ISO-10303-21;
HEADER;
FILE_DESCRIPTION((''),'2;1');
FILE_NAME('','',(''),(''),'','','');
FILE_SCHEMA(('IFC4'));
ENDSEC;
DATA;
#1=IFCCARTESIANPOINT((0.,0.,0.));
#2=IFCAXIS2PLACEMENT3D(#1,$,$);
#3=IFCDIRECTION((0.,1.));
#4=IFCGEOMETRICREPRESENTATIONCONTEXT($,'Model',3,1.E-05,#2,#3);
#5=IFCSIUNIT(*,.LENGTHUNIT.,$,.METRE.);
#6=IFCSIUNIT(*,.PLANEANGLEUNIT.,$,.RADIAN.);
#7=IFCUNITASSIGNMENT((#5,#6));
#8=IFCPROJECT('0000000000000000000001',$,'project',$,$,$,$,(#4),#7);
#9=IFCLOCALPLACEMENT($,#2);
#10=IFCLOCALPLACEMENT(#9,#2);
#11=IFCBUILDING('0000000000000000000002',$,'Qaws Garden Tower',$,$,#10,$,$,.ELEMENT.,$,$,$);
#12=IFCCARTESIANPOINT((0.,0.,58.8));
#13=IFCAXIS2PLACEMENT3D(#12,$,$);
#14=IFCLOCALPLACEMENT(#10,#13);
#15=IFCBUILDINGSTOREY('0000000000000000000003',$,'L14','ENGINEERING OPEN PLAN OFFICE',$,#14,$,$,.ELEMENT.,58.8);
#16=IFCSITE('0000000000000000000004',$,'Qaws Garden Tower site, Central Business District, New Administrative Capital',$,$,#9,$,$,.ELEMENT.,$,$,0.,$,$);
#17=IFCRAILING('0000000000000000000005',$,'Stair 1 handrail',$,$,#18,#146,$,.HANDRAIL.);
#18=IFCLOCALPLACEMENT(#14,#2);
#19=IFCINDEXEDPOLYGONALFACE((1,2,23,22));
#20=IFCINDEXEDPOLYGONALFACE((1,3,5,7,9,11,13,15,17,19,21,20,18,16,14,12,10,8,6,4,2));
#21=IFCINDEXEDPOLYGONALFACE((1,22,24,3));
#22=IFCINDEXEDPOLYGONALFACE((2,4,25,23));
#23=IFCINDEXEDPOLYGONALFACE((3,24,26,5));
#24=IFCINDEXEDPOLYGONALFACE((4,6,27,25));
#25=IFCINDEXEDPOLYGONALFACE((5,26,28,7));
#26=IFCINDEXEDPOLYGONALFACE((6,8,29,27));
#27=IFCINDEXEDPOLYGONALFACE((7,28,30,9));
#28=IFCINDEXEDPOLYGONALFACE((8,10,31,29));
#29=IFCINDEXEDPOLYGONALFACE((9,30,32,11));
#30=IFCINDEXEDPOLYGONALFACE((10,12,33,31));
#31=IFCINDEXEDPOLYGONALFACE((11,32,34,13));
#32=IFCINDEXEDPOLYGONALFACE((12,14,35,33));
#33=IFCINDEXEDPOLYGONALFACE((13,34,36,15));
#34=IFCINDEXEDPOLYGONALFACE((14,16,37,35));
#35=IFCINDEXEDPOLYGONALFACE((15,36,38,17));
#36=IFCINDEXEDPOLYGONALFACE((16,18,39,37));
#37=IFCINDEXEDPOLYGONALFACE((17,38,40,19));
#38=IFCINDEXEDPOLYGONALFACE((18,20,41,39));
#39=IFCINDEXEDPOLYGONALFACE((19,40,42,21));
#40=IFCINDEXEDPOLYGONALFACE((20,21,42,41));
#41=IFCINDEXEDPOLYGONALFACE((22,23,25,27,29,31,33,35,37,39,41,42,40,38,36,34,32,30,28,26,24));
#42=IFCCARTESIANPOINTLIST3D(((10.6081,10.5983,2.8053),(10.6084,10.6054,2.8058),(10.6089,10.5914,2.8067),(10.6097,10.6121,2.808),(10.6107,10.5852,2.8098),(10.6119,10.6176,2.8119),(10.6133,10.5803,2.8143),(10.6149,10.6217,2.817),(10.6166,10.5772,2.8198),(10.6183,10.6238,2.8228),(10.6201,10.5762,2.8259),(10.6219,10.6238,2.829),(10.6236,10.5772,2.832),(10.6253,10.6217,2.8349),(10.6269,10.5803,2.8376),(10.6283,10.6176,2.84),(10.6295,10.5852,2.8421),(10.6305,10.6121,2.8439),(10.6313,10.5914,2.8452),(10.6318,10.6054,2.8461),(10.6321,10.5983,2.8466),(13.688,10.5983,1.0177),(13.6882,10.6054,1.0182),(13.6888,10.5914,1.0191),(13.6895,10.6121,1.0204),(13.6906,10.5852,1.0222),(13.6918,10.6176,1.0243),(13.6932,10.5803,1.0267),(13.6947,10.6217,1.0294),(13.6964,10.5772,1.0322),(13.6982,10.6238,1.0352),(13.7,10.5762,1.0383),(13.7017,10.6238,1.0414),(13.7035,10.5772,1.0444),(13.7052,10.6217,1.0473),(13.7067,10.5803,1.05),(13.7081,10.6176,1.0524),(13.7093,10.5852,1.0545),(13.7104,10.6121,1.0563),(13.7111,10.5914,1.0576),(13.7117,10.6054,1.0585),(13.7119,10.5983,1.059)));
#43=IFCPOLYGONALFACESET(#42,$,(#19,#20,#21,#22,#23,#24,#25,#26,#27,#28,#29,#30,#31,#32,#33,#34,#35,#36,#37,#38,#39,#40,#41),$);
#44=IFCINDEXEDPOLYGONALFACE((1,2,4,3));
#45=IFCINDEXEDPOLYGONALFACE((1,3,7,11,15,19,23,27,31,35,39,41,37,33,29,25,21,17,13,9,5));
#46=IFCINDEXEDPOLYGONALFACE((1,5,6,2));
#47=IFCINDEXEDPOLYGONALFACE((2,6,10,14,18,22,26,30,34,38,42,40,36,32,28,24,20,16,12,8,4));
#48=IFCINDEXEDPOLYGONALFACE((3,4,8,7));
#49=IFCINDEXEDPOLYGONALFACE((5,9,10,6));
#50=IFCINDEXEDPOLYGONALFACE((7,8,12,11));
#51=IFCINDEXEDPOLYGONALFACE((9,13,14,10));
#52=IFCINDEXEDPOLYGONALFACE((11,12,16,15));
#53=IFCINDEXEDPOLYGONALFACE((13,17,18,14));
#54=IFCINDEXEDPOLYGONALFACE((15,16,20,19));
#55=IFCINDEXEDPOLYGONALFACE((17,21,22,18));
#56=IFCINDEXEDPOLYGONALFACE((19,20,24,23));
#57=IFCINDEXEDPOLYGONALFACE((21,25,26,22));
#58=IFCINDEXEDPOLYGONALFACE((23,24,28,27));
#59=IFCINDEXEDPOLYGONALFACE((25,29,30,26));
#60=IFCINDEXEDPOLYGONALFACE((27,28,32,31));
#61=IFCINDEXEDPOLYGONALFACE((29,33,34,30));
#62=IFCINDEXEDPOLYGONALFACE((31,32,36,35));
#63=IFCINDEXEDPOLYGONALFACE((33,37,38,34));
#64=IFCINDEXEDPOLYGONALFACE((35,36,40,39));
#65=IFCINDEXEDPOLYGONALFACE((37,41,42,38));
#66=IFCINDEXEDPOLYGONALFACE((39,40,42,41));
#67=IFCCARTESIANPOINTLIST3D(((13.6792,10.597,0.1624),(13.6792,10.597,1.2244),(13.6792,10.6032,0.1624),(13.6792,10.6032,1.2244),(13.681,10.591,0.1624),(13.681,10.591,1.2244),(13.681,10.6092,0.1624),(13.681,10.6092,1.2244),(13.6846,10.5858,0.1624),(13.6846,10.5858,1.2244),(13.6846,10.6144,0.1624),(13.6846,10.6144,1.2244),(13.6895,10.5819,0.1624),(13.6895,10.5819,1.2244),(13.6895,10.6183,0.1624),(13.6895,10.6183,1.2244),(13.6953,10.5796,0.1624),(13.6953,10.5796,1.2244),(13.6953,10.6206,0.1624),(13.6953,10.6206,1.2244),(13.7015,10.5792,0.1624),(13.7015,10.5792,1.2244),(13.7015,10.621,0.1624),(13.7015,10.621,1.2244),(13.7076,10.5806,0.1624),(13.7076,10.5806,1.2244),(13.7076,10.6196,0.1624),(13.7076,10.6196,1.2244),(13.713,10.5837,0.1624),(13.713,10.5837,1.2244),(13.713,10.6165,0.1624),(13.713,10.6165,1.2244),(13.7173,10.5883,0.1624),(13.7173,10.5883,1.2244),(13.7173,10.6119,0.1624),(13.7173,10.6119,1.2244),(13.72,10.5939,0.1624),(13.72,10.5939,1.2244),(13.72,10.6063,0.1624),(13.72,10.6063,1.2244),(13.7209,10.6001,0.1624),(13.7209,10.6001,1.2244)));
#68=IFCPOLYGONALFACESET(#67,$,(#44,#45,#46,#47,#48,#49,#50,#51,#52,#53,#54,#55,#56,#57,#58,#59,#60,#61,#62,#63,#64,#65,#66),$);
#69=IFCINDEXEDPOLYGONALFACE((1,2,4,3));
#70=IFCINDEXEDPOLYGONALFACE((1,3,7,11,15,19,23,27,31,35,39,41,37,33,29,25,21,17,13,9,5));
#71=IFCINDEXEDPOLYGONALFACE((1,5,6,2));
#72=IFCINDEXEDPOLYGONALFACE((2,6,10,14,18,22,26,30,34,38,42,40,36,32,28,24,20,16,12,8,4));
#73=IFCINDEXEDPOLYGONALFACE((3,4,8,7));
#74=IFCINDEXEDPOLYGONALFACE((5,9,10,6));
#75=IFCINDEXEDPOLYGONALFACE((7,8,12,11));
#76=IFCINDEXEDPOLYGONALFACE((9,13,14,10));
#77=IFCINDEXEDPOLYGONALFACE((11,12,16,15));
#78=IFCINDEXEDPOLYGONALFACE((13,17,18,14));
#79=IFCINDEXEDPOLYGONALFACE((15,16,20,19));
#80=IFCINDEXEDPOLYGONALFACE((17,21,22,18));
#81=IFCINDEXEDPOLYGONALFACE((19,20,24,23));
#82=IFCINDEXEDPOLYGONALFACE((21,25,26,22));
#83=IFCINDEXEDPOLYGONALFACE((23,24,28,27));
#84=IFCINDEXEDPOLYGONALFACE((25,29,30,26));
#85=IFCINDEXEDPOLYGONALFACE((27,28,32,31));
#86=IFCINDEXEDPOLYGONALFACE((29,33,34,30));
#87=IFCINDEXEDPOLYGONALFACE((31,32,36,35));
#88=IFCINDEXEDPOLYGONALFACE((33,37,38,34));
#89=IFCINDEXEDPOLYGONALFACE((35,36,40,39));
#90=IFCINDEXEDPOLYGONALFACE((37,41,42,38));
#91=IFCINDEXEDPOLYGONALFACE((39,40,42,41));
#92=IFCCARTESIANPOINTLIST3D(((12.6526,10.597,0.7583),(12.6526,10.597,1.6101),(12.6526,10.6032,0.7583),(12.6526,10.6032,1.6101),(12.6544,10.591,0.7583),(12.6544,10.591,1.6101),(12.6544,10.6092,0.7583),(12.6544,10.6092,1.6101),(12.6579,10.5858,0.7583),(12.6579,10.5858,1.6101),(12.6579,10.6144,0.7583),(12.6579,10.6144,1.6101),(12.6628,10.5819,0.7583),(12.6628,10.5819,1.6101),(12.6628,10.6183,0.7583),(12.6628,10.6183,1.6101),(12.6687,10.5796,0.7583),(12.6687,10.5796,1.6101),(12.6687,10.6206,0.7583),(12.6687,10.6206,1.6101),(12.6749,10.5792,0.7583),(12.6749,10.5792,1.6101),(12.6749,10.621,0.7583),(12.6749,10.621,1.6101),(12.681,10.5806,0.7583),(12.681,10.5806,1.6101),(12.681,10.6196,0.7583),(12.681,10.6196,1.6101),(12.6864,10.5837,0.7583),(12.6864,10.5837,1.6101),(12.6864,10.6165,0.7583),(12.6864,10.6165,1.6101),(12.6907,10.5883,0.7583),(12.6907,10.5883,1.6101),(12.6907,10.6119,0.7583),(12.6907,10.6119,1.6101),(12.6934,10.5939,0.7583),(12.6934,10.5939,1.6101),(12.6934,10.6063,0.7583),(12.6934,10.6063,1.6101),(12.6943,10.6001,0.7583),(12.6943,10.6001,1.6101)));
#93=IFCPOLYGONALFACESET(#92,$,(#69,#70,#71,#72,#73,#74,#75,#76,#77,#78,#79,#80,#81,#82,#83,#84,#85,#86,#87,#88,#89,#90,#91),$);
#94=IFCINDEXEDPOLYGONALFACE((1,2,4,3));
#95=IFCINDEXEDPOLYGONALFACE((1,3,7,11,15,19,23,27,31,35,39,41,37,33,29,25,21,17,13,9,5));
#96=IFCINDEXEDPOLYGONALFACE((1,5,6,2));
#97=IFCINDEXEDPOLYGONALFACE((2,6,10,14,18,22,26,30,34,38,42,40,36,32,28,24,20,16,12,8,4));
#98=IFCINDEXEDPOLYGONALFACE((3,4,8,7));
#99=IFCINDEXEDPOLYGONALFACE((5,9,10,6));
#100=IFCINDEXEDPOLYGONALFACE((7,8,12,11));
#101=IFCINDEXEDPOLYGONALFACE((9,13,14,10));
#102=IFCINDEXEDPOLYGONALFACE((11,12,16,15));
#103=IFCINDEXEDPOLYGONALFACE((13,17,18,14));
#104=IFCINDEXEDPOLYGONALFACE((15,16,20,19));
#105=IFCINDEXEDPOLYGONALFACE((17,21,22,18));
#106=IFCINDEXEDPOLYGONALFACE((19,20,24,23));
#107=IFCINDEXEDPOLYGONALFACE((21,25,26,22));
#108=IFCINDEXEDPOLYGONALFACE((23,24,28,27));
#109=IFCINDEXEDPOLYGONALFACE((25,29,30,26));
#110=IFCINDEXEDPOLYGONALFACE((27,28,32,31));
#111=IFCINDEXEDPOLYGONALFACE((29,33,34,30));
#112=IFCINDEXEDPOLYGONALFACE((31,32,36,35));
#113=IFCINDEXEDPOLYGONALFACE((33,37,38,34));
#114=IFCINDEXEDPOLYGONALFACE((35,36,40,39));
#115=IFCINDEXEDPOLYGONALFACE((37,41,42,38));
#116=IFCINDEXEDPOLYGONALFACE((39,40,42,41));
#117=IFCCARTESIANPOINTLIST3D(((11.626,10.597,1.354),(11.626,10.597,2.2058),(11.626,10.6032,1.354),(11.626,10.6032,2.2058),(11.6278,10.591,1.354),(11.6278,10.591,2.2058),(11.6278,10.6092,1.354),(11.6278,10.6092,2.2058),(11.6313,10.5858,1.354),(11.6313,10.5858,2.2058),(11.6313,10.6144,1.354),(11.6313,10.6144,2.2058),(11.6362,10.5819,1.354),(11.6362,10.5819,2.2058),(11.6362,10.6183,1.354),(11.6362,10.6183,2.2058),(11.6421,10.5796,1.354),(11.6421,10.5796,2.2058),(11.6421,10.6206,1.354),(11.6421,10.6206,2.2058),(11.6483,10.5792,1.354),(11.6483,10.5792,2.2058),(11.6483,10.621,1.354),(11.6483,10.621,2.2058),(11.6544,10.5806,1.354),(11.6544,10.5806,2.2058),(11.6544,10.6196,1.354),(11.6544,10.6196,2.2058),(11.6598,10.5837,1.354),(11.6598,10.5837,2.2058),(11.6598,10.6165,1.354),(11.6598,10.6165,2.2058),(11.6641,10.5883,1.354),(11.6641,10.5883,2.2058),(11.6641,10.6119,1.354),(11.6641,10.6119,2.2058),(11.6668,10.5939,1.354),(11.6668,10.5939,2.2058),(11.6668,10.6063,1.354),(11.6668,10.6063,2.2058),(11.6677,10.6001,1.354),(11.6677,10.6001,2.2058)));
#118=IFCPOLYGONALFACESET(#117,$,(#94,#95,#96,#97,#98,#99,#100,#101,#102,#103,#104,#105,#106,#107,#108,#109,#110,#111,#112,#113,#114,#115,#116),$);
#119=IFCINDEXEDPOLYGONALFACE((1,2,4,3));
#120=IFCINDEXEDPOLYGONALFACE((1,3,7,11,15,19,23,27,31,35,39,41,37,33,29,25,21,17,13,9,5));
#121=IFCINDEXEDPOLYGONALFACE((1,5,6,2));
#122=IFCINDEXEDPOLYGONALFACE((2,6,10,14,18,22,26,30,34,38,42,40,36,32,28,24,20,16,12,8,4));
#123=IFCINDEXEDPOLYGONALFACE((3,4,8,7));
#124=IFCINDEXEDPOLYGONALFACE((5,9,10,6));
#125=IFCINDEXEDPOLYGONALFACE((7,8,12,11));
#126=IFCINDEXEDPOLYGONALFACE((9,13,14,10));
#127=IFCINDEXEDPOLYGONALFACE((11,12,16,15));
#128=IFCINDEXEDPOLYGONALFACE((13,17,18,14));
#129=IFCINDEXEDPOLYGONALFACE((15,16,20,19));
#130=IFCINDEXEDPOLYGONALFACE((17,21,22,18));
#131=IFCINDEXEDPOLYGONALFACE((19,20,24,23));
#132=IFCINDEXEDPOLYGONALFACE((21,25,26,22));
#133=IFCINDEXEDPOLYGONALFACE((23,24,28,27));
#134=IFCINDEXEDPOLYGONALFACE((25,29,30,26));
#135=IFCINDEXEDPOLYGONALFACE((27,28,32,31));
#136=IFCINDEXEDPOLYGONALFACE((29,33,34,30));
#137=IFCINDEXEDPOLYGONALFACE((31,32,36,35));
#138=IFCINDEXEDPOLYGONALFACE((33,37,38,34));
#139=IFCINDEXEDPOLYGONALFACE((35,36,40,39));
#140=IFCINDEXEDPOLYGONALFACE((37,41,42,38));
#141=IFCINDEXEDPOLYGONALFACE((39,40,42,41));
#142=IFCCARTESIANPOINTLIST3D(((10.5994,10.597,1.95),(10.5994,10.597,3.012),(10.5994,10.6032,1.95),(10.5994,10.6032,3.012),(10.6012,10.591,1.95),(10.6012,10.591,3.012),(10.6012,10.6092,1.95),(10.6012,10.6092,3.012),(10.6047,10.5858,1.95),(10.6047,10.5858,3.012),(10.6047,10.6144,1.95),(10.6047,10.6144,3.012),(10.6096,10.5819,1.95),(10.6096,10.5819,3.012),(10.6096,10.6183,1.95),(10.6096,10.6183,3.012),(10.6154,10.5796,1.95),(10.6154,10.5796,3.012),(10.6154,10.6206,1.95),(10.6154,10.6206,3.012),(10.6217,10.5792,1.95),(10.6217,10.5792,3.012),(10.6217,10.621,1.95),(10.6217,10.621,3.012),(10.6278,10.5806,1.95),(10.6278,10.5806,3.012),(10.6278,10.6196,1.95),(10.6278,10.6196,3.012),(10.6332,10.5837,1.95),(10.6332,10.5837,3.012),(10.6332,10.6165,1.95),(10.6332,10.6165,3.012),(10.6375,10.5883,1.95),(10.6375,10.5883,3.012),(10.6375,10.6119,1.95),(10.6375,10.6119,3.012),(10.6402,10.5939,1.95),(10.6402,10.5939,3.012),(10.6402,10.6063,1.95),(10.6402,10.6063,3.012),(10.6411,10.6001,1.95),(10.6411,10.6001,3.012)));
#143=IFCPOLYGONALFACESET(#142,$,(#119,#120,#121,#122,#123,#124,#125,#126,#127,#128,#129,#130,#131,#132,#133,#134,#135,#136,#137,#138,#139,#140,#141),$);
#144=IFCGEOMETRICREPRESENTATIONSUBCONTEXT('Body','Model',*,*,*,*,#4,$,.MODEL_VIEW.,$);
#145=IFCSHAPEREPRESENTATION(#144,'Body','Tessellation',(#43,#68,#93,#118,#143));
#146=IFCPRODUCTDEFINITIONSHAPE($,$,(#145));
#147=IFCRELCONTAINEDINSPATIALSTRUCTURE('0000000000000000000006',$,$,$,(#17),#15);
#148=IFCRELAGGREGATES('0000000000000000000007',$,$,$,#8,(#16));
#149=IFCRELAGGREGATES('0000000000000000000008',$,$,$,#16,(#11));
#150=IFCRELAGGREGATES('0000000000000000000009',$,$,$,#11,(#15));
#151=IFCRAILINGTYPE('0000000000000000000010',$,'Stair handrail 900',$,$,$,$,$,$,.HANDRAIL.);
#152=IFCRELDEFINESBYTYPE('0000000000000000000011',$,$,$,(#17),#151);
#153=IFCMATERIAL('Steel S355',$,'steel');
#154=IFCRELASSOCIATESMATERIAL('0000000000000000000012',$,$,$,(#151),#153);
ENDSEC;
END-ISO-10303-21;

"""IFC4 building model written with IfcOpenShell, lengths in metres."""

from ifc_helpers import new_model, si_unit, direction, frame, origin, origin_2d, place, context, subcontext, project, spatial, circle, extrude, material, type_object, element, save


model = new_model("IFC4")

# Units and contexts
model_context = context("Model", 3, precision=1e-05, world=origin(), true_north=direction((0.0, 1.0)))
body_context = subcontext(model_context, "Body", "Model", "MODEL_VIEW")
ifc_project = project(units=[si_unit("LENGTHUNIT", "METRE"), si_unit("PLANEANGLEUNIT", "RADIAN")], contexts=[model_context])

# Site, building, storey
site_placement = place(None, origin())
site = spatial("IfcSite", under=ifc_project, at=site_placement, Name="Qaws Garden Tower site, Central Business District, New Administrative Capital", CompositionType="ELEMENT", RefElevation=0.0)
building_placement = place(site_placement, origin())
building = spatial("IfcBuilding", under=site, at=building_placement, Name="Qaws Garden Tower", CompositionType="ELEMENT")
storey_placement = place(building_placement, frame((0.0, 0.0, 58.8)))
storey = spatial("IfcBuildingStorey", under=building, at=storey_placement, Name="L14", Description="ENGINEERING OPEN PLAN OFFICE", CompositionType="ELEMENT", Elevation=58.8)

# Railing
ifc_material_1 = material(Name="Steel S355", Category="steel")
railing_type = type_object("IfcRailingType", Name="Stair handrail 900", PredefinedType="HANDRAIL", material=ifc_material_1)
railing_placement = place(storey_placement, frame((13.7, 10.6001, 0.1624)))
element("IfcRailing", 1, at=railing_placement, inside=storey, type_object=railing_type, Name="Stair 1 handrail", PredefinedType="HANDRAIL", context=body_context, shape_type="SweptSolid", body=[
    extrude(circle(Radius=0.0239, at=origin_2d()), frame((0.0, 0.0, 0.876), z_axis=(-0.864873, 0.0, 0.50199), x_axis=(0.0, -1.0, 0.0)), (0.0, 0.0, 1.0), 3.561),
    extrude(circle(Radius=0.021, at=origin_2d()), origin(), (0.0, 0.0, 1.0), 1.062),
    extrude(circle(Radius=0.021, at=origin_2d()), frame((-1.0266, 0.0, 0.5959)), (0.0, 0.0, 1.0), 0.8518),
    extrude(circle(Radius=0.021, at=origin_2d()), frame((-2.0532, 0.0, 1.1917)), (0.0, 0.0, 1.0), 0.8518),
    extrude(circle(Radius=0.021, at=origin_2d()), frame((-3.0798, 0.0, 1.7876)), (0.0, 0.0, 1.0), 1.062),
])

save(model, "model.ifc")
